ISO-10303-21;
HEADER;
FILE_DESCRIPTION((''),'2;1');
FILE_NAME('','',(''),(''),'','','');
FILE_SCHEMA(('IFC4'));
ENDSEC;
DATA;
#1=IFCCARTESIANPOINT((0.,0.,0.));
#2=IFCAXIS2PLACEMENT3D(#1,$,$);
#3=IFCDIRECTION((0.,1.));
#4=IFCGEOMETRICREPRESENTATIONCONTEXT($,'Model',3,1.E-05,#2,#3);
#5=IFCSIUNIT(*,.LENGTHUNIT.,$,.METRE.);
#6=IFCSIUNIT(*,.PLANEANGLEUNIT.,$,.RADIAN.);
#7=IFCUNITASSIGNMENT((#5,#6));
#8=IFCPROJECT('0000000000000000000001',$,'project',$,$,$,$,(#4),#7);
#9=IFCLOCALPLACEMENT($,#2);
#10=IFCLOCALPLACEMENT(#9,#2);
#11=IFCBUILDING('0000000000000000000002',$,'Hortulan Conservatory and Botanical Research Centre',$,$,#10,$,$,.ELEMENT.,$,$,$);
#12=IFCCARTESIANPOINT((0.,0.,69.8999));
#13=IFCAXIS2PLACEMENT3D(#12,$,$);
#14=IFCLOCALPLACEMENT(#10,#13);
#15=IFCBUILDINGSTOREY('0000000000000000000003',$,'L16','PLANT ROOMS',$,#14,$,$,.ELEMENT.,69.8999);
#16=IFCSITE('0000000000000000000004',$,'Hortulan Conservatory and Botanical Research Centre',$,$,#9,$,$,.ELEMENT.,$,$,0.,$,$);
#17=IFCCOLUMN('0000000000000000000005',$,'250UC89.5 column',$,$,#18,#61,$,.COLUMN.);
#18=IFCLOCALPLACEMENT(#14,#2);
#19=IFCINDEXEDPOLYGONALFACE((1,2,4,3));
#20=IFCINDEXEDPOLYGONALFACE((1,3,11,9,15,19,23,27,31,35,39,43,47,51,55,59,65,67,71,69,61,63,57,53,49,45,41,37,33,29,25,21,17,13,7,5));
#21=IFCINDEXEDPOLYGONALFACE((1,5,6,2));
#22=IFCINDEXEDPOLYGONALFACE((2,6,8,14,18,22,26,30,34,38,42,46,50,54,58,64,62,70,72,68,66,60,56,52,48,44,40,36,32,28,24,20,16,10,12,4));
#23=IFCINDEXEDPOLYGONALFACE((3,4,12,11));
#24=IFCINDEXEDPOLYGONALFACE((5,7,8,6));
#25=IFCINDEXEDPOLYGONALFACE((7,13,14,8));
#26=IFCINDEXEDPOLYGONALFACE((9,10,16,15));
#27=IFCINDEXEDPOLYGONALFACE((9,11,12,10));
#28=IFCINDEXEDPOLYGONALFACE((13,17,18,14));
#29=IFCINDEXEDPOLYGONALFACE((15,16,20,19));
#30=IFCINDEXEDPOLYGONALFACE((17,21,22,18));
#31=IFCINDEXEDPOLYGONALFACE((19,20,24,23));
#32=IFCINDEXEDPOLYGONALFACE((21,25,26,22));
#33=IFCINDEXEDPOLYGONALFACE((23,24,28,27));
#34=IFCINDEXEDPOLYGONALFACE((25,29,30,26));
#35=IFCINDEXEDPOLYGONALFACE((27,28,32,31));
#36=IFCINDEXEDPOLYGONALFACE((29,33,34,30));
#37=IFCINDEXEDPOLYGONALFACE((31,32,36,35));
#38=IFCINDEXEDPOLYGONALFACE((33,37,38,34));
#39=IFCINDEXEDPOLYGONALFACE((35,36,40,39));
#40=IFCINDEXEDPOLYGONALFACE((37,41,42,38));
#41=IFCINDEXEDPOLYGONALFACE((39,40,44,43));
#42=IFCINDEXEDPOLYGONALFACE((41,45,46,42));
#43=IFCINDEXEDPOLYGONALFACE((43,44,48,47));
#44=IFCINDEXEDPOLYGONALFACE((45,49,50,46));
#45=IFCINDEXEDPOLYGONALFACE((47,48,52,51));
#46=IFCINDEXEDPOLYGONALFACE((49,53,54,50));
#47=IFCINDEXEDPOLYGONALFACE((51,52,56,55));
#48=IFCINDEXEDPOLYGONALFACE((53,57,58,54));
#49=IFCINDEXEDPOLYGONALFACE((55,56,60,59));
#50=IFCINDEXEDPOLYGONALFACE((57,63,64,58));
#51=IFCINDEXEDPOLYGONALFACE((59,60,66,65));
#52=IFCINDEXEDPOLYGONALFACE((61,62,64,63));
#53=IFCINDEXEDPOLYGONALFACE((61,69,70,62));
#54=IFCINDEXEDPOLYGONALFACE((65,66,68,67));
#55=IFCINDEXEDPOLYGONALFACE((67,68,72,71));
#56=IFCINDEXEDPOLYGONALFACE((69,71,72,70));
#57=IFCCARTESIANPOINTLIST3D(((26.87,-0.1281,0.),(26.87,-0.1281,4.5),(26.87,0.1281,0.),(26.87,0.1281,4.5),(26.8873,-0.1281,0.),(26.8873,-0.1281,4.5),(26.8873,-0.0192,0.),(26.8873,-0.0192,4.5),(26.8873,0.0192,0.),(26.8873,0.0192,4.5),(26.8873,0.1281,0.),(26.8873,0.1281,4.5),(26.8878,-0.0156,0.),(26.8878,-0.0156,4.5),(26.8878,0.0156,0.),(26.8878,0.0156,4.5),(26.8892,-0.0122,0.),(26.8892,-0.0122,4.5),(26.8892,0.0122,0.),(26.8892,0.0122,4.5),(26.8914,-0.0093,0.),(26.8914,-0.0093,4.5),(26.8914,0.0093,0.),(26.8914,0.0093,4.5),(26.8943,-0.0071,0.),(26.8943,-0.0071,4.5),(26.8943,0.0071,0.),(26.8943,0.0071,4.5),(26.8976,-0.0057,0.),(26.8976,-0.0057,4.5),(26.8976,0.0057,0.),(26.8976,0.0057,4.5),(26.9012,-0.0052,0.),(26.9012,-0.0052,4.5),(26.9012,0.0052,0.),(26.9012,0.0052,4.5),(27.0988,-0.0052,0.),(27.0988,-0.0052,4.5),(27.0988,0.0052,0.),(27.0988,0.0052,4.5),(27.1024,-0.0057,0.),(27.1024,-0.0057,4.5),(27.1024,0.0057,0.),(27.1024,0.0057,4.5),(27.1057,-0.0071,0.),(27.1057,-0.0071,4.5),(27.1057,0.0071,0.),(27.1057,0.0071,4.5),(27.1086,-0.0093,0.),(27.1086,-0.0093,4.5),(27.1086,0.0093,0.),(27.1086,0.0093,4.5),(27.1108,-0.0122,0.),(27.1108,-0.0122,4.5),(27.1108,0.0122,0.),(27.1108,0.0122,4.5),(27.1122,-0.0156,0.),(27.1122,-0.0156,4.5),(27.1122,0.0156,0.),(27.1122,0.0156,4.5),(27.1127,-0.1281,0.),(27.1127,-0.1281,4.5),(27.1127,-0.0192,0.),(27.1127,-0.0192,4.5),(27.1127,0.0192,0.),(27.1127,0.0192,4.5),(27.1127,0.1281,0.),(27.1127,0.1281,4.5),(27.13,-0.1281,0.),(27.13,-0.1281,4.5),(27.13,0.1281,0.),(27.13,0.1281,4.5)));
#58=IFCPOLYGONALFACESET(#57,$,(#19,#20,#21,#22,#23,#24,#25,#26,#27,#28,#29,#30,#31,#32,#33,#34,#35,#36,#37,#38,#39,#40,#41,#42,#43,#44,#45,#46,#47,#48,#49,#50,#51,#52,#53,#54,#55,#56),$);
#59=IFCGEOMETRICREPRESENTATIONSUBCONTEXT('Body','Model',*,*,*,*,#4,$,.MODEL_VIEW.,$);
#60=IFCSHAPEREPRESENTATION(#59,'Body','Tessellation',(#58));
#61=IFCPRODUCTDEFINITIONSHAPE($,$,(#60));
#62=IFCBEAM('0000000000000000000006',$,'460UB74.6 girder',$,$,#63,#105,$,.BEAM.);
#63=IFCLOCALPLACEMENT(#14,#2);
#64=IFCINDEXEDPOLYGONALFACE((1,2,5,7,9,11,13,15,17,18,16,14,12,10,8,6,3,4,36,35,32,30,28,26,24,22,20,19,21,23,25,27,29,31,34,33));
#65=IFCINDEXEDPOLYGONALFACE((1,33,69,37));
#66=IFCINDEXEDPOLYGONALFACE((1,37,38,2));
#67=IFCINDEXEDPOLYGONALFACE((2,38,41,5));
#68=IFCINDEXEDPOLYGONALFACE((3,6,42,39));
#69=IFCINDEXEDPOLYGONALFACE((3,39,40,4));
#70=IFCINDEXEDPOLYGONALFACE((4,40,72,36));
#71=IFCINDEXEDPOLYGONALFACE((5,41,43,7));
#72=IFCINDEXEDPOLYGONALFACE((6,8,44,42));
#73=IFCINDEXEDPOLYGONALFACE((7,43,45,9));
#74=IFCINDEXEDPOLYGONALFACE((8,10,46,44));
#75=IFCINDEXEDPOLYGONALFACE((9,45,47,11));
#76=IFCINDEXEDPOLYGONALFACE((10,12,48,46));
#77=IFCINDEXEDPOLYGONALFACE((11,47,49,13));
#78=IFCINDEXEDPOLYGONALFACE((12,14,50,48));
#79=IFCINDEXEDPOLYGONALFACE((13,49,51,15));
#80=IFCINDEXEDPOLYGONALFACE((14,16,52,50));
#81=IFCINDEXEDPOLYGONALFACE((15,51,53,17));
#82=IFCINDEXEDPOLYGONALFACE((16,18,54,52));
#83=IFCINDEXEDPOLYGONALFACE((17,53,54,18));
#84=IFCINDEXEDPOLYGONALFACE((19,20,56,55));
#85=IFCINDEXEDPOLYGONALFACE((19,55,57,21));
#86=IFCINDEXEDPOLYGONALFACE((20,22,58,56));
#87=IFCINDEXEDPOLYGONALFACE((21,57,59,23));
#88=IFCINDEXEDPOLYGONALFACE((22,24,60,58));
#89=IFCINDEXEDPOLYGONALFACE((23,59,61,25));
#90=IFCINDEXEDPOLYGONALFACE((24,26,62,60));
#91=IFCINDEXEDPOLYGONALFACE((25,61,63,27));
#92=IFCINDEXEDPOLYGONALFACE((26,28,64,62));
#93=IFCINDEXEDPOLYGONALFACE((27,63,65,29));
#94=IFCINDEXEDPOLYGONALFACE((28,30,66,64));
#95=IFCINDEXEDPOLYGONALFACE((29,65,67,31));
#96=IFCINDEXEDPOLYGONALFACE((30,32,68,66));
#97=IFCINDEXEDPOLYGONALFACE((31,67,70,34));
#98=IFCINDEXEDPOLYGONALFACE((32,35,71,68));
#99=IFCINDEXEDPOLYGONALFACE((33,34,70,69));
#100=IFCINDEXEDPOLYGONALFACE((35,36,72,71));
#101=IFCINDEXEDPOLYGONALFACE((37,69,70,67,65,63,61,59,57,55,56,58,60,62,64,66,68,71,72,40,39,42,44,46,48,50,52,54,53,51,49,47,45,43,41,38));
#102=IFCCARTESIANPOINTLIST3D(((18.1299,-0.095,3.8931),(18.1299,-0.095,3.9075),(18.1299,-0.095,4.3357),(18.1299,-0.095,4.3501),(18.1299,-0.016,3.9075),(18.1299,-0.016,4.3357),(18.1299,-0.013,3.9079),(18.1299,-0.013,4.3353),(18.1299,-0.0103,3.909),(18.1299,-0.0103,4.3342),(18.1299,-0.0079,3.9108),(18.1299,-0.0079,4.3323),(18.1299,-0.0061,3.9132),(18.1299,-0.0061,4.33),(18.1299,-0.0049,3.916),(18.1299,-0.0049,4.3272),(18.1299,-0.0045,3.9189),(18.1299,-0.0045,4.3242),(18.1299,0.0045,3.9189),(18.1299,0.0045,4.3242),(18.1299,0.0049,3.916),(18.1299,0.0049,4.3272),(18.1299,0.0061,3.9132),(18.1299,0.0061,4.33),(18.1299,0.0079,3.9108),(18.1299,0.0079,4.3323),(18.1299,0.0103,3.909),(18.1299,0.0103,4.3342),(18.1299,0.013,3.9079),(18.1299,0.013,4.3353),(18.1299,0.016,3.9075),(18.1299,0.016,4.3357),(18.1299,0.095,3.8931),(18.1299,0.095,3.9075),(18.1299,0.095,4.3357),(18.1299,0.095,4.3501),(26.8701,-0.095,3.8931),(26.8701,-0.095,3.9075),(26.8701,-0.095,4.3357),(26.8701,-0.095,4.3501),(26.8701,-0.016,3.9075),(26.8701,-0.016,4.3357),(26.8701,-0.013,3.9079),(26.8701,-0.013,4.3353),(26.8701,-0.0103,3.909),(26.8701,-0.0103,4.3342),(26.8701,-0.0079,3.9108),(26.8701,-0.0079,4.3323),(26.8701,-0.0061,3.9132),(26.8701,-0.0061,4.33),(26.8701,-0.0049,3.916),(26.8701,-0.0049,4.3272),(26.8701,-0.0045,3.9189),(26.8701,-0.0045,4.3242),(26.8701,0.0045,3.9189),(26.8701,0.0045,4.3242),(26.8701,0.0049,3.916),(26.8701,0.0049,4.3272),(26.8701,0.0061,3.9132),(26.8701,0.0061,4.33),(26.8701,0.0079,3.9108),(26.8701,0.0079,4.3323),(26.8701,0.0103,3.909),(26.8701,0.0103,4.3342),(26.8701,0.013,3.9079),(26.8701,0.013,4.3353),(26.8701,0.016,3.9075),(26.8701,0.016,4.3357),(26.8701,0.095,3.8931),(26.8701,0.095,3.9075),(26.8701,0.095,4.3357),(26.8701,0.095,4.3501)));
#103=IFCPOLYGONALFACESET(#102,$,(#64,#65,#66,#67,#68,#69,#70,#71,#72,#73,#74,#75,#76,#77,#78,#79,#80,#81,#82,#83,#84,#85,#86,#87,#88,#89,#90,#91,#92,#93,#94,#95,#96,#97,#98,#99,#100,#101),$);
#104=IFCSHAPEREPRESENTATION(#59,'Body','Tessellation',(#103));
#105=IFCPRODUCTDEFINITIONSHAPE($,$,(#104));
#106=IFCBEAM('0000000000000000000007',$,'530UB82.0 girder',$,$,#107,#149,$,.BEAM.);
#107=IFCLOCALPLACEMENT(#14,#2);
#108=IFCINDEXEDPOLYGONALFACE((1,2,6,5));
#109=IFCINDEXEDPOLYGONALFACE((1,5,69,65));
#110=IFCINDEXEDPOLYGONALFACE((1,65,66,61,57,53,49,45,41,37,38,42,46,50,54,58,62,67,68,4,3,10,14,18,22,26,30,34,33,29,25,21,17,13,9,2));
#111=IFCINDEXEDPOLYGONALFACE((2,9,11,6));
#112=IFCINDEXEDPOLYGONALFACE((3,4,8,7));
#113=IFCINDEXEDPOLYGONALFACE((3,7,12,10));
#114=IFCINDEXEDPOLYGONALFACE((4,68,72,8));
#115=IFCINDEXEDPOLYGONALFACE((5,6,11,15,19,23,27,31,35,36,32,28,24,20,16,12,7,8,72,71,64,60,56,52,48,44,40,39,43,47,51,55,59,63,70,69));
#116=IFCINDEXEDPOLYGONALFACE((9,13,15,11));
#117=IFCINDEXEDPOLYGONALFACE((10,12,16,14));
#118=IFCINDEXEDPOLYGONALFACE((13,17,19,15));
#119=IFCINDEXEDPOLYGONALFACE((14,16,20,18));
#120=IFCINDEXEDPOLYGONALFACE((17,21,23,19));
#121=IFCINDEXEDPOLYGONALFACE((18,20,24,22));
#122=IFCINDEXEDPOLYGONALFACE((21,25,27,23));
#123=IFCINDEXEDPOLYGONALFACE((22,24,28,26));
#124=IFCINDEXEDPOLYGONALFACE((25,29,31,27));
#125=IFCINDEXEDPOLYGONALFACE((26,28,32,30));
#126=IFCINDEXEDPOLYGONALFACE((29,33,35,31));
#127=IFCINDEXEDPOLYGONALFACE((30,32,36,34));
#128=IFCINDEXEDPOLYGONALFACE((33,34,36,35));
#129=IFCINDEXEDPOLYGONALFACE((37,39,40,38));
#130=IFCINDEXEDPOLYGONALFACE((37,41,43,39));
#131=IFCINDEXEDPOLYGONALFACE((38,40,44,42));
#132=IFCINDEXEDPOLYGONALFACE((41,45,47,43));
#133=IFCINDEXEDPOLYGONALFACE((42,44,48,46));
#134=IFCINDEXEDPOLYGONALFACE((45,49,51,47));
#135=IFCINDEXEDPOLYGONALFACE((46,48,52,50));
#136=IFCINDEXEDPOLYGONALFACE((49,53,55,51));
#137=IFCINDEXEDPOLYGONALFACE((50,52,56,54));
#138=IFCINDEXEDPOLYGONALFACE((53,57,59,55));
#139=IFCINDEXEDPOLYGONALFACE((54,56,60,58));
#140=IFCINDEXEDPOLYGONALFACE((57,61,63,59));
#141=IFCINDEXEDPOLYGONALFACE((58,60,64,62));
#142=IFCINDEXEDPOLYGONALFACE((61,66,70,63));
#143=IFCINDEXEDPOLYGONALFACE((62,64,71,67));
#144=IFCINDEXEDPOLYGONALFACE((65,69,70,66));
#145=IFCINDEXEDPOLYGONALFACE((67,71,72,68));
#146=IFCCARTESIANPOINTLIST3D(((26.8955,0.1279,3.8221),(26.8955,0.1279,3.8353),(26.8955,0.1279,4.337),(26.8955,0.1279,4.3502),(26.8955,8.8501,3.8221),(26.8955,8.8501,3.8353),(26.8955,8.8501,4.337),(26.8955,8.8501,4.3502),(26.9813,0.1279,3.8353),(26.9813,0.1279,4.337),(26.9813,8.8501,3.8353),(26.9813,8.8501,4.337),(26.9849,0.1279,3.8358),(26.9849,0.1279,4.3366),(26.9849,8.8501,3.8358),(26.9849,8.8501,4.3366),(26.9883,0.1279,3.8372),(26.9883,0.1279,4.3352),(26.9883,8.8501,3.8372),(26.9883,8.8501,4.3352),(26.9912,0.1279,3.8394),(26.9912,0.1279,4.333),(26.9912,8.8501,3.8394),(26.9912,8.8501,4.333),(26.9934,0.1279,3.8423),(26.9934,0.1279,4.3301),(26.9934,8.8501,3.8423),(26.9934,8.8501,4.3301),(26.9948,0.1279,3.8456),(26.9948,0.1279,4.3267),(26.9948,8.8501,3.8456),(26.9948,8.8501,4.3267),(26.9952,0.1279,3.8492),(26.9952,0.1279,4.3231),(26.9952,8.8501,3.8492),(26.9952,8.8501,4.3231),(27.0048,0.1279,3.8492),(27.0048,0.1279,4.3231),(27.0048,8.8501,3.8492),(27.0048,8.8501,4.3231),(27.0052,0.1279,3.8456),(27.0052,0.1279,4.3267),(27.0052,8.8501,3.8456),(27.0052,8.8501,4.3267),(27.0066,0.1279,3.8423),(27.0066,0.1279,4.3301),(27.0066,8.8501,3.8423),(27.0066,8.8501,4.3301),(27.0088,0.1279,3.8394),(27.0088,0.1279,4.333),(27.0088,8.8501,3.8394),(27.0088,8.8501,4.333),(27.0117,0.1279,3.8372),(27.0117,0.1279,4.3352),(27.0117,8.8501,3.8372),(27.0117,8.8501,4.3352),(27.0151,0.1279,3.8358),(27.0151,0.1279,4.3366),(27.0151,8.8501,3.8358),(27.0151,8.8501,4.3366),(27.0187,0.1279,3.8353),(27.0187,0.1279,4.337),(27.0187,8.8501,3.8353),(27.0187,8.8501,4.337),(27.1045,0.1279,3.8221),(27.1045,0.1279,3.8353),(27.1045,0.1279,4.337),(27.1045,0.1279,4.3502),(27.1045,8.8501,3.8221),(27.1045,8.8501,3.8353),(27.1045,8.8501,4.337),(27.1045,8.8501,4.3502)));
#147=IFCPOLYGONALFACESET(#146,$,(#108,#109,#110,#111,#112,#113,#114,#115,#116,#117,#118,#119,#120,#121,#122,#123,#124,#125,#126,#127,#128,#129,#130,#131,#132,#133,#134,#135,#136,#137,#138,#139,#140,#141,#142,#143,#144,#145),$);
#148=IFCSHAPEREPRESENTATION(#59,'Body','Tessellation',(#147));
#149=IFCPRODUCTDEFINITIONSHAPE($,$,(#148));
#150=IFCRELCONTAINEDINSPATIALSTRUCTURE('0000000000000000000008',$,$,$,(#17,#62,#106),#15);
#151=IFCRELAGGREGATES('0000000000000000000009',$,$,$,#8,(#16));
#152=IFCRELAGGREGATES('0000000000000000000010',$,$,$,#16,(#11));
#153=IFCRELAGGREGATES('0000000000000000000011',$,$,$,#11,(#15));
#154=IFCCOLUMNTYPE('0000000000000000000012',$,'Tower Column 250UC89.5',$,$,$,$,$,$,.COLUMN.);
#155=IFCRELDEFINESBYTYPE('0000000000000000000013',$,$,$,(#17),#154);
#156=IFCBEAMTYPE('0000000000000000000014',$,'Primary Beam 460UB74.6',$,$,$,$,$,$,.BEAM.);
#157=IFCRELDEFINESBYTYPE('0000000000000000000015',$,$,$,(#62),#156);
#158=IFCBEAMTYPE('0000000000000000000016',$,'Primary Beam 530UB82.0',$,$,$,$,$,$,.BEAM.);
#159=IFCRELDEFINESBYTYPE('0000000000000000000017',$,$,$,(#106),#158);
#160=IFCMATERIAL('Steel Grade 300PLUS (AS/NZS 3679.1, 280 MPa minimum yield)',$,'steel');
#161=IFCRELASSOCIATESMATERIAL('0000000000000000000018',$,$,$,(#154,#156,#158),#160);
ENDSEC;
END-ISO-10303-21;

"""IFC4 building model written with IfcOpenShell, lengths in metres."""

from ifc_helpers import new_model, si_unit, direction, frame, origin, origin_2d, place, context, subcontext, project, spatial, i_section, extrude, material, material_profile, profile_set, type_object, element, save


model = new_model("IFC4")

# Units and contexts
model_context = context("Model", 3, precision=1e-05, world=origin(), true_north=direction((0.0, 1.0)))
body_context = subcontext(model_context, "Body", "Model", "MODEL_VIEW")
ifc_project = project(units=[si_unit("LENGTHUNIT", "METRE"), si_unit("PLANEANGLEUNIT", "RADIAN")], contexts=[model_context])

# Site, building, storey
site_placement = place(None, origin())
site = spatial("IfcSite", under=ifc_project, at=site_placement, Name="Hortulan Conservatory and Botanical Research Centre", CompositionType="ELEMENT", RefElevation=0.0)
building_placement = place(site_placement, origin())
building = spatial("IfcBuilding", under=site, at=building_placement, Name="Hortulan Conservatory and Botanical Research Centre", CompositionType="ELEMENT")
storey_placement = place(building_placement, frame((0.0, 0.0, 69.8999)))
storey = spatial("IfcBuildingStorey", under=building, at=storey_placement, Name="L16", Description="PLANT ROOMS", CompositionType="ELEMENT", Elevation=69.8999)

# Column
ifc_material_1 = material(Name="Steel Grade 300PLUS (AS/NZS 3679.1, 280 MPa minimum yield)", Category="steel")
ifc_material_profile_1 = material_profile(ifc_material_1, i_section(OverallWidth=0.2561, OverallDepth=0.26, WebThickness=0.0105, FlangeThickness=0.0173, FilletRadius=0.0139, at=origin_2d()), Name="250UC89.5")
ifc_profile_set_1 = profile_set([ifc_material_profile_1], Name="Steel Grade 300PLUS (AS/NZS 3679.1, 280 MPa minimum yield)")
column_type = type_object("IfcColumnType", Name="Tower Column 250UC89.5", PredefinedType="COLUMN", material=ifc_profile_set_1)
column_placement = place(storey_placement, frame((27.0, 0.0, 0.0), z_axis=(0.0, 0.0, 1.0), x_axis=(0.0, 1.0, 0.0)))
element("IfcColumn", 1, at=column_placement, inside=storey, type_object=column_type, Name="250UC89.5 column", PredefinedType="COLUMN", context=body_context, shape_type="SweptSolid", body=[
    extrude(i_section(OverallWidth=0.2561, OverallDepth=0.26, WebThickness=0.0105, FlangeThickness=0.0173, FilletRadius=0.0139, at=origin_2d()), origin(), (0.0, 0.0, 1.0), 4.5),
])

# Beams
ifc_material_profile_2 = material_profile(ifc_material_1, i_section(OverallWidth=0.1899, OverallDepth=0.457, WebThickness=0.009, FlangeThickness=0.0144, FilletRadius=0.0115, at=origin_2d()), Name="460UB74.6")
ifc_profile_set_2 = profile_set([ifc_material_profile_2], Name="Steel Grade 300PLUS (AS/NZS 3679.1, 280 MPa minimum yield)")
beam_type_1 = type_object("IfcBeamType", Name="Primary Beam 460UB74.6", PredefinedType="BEAM", material=ifc_profile_set_2)
beam_1_placement = place(storey_placement, frame((18.1299, 0.0, 4.1216), z_axis=(1.0, 0.0, 0.0), x_axis=(0.0, 1.0, 0.0)))
element("IfcBeam", 2, at=beam_1_placement, inside=storey, type_object=beam_type_1, Name="460UB74.6 girder", PredefinedType="BEAM", context=body_context, shape_type="SweptSolid", body=[
    extrude(i_section(OverallWidth=0.1899, OverallDepth=0.457, WebThickness=0.009, FlangeThickness=0.0144, FilletRadius=0.0115, at=origin_2d()), origin(), (0.0, 0.0, 1.0), 8.7402),
])
ifc_material_profile_3 = material_profile(ifc_material_1, i_section(OverallWidth=0.209, OverallDepth=0.5281, WebThickness=0.0095, FlangeThickness=0.0132, FilletRadius=0.0139, at=origin_2d()), Name="530UB82.0")
ifc_profile_set_3 = profile_set([ifc_material_profile_3], Name="Steel Grade 300PLUS (AS/NZS 3679.1, 280 MPa minimum yield)")
beam_type_2 = type_object("IfcBeamType", Name="Primary Beam 530UB82.0", PredefinedType="BEAM", material=ifc_profile_set_3)
beam_2_placement = place(storey_placement, frame((27.0, 0.1279, 4.0862), z_axis=(0.0, 1.0, 0.0), x_axis=(-1.0, 0.0, 0.0)))
element("IfcBeam", 3, at=beam_2_placement, inside=storey, type_object=beam_type_2, Name="530UB82.0 girder", PredefinedType="BEAM", context=body_context, shape_type="SweptSolid", body=[
    extrude(i_section(OverallWidth=0.209, OverallDepth=0.5281, WebThickness=0.0095, FlangeThickness=0.0132, FilletRadius=0.0139, at=origin_2d()), origin(), (0.0, 0.0, 1.0), 8.7222),
])

save(model, "model.ifc")
